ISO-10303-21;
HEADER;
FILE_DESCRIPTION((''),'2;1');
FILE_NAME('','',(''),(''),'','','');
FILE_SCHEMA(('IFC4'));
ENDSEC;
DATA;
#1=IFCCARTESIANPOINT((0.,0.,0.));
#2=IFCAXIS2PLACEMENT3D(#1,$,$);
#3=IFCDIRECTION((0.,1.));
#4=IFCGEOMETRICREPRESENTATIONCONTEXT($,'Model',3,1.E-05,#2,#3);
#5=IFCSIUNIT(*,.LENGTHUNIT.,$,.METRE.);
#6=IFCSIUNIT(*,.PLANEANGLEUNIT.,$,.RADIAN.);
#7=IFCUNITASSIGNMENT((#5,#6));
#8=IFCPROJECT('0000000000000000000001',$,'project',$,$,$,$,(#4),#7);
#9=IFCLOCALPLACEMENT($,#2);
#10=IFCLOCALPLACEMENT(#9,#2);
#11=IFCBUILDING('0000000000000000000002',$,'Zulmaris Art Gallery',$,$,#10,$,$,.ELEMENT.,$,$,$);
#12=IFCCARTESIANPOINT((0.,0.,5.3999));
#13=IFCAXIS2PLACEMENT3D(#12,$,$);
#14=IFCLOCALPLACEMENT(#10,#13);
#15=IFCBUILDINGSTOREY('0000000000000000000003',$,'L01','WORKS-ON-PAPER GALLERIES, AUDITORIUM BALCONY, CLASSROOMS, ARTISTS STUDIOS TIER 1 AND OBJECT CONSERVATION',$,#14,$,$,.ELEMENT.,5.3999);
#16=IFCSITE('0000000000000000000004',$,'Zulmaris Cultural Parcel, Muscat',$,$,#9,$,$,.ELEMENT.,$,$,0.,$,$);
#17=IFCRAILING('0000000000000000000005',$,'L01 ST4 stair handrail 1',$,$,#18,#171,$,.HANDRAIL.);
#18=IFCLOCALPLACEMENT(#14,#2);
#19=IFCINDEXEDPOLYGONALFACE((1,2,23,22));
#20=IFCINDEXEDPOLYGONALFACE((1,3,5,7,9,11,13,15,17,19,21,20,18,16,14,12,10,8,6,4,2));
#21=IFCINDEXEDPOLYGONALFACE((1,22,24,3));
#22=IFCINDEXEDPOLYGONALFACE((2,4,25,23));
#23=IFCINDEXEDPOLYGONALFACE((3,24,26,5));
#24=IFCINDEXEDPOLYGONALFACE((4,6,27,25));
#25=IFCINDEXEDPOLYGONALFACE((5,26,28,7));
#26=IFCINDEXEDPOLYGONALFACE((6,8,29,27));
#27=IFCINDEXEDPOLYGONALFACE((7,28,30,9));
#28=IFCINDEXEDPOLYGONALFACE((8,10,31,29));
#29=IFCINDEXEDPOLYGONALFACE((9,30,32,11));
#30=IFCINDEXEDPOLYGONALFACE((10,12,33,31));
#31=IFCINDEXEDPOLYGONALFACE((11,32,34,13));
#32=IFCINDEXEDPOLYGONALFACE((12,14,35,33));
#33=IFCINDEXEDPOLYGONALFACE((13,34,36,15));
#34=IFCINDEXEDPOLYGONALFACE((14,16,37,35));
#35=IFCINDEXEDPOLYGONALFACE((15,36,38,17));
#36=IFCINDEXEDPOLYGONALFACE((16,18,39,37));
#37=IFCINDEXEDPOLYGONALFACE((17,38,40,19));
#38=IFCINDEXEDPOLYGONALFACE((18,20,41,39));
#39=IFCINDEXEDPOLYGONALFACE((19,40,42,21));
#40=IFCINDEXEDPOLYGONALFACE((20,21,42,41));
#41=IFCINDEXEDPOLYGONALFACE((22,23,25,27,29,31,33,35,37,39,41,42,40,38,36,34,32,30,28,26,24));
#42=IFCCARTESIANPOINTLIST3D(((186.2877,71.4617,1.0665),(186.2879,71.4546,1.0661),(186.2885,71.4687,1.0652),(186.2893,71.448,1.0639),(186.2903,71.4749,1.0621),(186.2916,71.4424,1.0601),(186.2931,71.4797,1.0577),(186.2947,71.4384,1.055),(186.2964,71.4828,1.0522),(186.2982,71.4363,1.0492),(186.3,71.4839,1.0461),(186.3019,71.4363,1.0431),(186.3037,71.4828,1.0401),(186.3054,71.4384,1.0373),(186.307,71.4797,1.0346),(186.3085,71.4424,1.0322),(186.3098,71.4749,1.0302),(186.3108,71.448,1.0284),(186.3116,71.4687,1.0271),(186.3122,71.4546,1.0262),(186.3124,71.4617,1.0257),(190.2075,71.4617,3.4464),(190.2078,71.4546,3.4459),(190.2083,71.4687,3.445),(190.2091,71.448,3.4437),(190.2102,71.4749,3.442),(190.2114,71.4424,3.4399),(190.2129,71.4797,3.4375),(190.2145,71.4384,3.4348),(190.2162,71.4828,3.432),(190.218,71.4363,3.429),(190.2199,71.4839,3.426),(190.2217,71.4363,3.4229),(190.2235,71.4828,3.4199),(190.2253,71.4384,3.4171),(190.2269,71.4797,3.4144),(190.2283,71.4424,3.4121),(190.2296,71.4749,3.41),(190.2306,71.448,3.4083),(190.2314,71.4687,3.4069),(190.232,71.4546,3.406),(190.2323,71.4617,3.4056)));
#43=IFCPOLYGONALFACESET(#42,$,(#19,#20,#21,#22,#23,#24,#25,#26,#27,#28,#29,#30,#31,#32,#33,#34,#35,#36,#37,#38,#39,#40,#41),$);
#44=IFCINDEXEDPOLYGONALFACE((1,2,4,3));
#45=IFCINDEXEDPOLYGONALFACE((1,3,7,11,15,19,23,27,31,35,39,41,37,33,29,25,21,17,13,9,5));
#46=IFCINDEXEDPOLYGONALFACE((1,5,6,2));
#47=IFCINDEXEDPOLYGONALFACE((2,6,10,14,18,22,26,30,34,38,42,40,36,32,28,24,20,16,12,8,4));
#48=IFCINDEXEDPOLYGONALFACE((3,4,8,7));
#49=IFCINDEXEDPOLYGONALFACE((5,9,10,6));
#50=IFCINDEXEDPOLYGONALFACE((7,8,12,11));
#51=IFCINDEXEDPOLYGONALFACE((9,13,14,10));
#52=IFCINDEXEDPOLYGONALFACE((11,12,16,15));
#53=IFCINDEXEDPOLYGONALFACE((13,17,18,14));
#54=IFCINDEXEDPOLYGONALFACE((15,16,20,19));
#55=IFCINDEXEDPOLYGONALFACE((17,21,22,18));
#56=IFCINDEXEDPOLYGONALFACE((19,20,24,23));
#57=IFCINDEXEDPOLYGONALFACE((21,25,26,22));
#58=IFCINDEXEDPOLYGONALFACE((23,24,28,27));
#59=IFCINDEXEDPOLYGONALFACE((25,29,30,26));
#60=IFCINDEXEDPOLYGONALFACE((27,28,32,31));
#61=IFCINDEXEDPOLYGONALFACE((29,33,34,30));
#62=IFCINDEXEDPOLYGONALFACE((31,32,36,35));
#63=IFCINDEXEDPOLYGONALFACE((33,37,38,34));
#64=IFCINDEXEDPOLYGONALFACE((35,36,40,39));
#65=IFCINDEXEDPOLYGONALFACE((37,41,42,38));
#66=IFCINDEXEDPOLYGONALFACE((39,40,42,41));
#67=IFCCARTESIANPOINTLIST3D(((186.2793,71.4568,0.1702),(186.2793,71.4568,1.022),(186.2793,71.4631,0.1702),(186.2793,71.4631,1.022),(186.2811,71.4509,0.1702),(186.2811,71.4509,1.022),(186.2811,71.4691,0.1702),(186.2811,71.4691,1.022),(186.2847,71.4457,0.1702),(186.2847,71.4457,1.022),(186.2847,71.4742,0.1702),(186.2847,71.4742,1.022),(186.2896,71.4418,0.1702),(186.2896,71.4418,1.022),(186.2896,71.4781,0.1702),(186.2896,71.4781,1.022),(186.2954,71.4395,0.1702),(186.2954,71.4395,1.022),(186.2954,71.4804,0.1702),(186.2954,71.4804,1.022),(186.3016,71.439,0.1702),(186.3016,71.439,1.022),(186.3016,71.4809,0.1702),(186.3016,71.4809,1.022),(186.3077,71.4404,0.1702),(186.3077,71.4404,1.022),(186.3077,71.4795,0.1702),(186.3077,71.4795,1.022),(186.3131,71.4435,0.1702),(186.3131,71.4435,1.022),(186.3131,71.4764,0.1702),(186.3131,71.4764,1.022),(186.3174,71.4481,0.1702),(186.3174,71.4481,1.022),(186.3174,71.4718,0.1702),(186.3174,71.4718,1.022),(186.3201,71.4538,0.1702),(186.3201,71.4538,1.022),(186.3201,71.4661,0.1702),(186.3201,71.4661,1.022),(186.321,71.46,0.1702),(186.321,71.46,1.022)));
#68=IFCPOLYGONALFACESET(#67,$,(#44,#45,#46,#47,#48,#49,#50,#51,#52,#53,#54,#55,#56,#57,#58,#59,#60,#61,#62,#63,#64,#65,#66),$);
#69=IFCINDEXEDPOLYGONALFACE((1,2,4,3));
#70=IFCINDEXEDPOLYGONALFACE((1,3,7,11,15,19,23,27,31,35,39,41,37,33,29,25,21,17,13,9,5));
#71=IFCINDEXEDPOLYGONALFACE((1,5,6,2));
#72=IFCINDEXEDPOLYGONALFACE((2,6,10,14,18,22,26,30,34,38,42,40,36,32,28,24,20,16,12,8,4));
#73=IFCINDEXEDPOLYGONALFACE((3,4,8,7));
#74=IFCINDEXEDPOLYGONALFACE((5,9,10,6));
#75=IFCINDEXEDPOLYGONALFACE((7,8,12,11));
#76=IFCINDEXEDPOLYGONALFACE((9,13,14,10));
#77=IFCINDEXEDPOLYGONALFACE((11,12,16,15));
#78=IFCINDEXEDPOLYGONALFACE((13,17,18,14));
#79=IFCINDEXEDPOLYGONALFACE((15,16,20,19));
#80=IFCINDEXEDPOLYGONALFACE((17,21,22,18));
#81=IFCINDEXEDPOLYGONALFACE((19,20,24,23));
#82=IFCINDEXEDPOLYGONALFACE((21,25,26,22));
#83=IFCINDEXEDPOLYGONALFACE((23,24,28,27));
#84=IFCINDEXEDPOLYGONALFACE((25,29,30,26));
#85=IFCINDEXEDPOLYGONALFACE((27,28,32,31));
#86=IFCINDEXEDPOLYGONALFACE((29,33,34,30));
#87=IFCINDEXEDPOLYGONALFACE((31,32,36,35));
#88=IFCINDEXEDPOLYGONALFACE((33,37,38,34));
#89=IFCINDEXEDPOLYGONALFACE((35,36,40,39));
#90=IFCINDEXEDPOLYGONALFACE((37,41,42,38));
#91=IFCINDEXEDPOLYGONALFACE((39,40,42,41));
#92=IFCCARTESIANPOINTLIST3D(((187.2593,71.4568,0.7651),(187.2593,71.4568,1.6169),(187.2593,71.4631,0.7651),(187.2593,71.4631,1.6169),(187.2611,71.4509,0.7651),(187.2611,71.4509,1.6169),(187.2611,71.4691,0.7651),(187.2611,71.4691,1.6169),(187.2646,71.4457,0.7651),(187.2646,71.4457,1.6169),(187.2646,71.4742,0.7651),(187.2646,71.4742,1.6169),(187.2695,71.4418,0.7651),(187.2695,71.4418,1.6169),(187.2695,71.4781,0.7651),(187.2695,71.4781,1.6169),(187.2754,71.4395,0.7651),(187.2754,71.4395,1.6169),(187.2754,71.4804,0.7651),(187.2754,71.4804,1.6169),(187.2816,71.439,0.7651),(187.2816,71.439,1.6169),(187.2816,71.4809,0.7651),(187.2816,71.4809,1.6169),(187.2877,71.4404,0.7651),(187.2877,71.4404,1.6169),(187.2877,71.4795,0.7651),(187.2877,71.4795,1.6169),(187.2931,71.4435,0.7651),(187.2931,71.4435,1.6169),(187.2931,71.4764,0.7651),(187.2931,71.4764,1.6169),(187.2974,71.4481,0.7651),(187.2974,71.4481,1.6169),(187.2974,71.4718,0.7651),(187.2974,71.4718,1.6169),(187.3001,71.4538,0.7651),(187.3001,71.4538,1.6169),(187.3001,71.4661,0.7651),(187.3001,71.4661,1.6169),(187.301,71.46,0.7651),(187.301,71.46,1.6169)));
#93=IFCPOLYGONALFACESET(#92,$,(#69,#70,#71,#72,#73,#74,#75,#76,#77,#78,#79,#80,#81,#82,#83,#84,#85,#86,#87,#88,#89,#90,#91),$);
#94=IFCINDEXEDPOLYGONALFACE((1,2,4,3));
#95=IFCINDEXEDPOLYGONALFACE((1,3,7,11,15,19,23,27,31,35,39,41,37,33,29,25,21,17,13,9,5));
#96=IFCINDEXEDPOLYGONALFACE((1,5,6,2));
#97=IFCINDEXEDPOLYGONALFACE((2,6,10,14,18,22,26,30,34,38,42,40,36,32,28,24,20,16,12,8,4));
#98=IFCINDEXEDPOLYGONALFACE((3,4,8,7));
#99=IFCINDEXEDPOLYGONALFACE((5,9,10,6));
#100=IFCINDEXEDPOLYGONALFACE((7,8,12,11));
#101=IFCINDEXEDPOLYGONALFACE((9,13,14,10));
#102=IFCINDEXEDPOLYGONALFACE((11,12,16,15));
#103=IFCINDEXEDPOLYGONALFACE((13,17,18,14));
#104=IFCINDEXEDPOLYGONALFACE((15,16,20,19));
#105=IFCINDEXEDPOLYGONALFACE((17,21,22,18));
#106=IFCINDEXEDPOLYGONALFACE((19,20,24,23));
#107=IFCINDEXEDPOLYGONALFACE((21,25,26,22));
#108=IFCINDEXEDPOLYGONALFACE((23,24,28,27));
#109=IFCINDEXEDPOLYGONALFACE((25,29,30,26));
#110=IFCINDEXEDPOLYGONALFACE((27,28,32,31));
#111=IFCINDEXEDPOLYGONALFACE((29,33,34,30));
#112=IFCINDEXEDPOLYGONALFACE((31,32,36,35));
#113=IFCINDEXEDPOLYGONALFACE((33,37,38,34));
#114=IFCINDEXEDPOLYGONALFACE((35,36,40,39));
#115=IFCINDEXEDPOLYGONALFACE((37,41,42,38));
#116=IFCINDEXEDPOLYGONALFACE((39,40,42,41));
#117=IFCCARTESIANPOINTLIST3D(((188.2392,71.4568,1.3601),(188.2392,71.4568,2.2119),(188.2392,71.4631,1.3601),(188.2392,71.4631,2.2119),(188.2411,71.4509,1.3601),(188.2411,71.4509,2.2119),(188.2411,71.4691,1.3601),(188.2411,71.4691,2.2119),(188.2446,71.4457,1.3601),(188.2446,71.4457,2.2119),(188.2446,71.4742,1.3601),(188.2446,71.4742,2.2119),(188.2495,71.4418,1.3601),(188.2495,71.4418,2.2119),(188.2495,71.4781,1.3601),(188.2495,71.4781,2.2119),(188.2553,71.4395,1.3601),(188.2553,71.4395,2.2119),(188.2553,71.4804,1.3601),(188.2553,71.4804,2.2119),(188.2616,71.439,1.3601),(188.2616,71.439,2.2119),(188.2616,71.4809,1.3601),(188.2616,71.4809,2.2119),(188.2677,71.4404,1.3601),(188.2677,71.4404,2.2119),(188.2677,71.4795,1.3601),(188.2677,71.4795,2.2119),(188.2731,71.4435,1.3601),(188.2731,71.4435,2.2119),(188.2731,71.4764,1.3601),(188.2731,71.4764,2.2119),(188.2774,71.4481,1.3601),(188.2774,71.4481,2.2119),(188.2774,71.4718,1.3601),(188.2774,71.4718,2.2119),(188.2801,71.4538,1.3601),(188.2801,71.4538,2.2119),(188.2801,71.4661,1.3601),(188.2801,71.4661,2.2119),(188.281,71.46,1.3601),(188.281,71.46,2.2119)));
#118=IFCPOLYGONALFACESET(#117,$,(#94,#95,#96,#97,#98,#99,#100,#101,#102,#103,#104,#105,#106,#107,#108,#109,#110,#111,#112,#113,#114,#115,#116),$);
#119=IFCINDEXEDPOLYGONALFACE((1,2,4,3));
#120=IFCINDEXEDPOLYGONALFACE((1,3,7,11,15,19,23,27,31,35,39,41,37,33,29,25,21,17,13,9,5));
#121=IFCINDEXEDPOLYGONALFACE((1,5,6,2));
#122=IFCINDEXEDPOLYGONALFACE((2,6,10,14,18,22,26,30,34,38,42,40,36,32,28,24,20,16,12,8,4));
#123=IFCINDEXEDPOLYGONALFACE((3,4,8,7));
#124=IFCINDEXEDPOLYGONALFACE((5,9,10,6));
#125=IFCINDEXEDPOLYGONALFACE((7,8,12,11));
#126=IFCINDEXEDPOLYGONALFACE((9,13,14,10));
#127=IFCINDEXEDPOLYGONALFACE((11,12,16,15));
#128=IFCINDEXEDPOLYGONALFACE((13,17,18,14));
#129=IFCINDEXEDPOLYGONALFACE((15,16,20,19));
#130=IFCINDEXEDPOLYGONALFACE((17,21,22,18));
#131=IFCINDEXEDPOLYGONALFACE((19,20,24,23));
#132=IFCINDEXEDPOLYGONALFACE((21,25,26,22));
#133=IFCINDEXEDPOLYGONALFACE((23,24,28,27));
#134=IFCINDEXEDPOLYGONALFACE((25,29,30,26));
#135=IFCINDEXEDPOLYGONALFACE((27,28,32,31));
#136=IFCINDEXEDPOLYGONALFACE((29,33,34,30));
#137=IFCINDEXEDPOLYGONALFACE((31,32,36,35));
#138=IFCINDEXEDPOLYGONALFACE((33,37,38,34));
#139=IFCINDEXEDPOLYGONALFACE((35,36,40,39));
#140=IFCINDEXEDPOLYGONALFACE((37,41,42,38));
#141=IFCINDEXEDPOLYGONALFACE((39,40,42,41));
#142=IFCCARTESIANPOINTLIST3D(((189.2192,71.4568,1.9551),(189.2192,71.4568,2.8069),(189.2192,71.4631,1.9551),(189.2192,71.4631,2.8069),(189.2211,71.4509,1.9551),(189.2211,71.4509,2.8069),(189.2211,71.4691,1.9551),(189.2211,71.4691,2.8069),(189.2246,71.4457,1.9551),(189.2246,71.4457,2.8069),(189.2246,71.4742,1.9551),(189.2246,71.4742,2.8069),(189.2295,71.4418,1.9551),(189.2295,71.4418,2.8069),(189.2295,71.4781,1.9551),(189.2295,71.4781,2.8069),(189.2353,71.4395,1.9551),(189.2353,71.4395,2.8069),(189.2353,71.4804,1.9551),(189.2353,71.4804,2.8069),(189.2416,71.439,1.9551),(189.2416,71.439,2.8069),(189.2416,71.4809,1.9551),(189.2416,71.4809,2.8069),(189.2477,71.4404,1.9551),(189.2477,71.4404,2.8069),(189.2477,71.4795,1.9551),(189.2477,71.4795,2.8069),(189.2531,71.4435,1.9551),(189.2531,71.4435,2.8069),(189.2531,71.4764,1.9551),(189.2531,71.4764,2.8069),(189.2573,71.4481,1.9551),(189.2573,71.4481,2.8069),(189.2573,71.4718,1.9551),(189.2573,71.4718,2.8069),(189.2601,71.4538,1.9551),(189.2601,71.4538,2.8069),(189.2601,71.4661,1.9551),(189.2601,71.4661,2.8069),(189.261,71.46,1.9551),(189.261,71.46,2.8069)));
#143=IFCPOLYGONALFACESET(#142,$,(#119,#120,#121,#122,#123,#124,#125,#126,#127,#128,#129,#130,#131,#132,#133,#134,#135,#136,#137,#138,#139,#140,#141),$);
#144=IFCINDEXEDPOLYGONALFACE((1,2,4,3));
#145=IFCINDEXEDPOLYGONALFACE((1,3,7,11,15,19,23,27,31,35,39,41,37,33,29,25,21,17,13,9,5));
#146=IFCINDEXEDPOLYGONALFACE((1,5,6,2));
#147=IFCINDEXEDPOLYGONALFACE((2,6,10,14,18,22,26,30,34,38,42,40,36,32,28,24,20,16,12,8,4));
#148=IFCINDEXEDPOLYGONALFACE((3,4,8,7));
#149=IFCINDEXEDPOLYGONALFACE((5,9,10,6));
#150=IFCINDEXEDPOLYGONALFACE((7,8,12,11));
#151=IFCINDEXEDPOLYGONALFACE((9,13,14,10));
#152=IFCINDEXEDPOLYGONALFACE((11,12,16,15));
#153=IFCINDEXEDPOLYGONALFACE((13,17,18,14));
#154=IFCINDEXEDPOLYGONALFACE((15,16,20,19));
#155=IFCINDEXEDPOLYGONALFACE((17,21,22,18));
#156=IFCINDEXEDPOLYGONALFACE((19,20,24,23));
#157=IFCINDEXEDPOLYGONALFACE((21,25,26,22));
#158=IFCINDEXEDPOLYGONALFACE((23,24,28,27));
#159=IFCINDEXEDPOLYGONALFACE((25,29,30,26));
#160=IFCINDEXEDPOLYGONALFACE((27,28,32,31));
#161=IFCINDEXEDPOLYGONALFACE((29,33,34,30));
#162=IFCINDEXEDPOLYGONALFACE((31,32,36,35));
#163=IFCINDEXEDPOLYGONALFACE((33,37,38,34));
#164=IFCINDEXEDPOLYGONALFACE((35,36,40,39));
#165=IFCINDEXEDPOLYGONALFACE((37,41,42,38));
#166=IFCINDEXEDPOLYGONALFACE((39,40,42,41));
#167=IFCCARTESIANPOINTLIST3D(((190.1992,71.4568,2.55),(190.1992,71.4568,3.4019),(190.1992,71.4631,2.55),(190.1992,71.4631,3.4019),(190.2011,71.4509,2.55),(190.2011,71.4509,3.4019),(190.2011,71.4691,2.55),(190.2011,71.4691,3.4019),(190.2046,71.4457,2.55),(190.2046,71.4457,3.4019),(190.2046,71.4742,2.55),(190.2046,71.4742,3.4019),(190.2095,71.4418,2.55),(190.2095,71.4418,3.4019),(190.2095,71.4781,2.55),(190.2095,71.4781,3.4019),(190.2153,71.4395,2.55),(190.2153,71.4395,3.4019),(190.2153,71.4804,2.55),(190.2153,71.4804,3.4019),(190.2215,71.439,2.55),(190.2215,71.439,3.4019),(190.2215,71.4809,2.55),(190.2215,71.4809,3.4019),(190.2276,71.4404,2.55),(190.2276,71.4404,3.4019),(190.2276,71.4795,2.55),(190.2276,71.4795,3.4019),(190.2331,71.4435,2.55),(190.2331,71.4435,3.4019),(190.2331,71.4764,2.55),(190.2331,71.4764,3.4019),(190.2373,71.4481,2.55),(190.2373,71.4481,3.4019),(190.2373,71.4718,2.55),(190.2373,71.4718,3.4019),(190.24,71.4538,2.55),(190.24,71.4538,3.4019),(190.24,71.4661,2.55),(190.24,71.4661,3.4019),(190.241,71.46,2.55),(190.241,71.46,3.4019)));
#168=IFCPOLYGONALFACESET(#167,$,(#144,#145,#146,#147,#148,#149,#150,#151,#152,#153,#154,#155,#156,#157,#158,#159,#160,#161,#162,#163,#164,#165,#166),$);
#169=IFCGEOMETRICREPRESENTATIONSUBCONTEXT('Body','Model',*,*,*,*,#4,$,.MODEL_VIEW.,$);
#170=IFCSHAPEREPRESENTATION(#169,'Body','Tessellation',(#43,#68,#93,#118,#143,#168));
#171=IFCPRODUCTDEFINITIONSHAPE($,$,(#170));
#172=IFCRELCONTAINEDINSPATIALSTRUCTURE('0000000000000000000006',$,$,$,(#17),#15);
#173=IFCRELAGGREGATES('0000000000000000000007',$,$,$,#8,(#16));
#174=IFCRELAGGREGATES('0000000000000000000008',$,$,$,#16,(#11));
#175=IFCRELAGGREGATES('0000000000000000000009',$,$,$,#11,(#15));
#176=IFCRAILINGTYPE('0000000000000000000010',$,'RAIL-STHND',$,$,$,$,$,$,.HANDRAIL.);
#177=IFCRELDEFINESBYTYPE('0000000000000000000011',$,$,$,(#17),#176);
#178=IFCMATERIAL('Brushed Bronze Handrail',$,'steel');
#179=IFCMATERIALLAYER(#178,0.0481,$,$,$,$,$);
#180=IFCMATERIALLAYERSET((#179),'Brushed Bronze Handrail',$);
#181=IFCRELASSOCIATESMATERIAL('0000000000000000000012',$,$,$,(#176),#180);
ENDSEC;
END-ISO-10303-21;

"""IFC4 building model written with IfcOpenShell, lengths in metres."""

from ifc_helpers import new_model, si_unit, direction, frame, origin, origin_2d, place, context, subcontext, project, spatial, circle, extrude, material, layer, layer_set, type_object, element, save


model = new_model("IFC4")

# Units and contexts
model_context = context("Model", 3, precision=1e-05, world=origin(), true_north=direction((0.0, 1.0)))
body_context = subcontext(model_context, "Body", "Model", "MODEL_VIEW")
ifc_project = project(units=[si_unit("LENGTHUNIT", "METRE"), si_unit("PLANEANGLEUNIT", "RADIAN")], contexts=[model_context])

# Site, building, storey
site_placement = place(None, origin())
site = spatial("IfcSite", under=ifc_project, at=site_placement, Name="Zulmaris Cultural Parcel, Muscat", CompositionType="ELEMENT", RefElevation=0.0)
building_placement = place(site_placement, origin())
building = spatial("IfcBuilding", under=site, at=building_placement, Name="Zulmaris Art Gallery", CompositionType="ELEMENT")
storey_placement = place(building_placement, frame((0.0, 0.0, 5.3999)))
storey = spatial("IfcBuildingStorey", under=building, at=storey_placement, Name="L01", Description="WORKS-ON-PAPER GALLERIES, AUDITORIUM BALCONY, CLASSROOMS, ARTISTS STUDIOS TIER 1 AND OBJECT CONSERVATION", CompositionType="ELEMENT", Elevation=5.3999)

# Railing
ifc_material_1 = material(Name="Brushed Bronze Handrail", Category="steel")
ifc_layer_1 = layer(ifc_material_1, 0.0481)
ifc_layer_set_1 = layer_set([ifc_layer_1], Name="Brushed Bronze Handrail")
railing_type_1 = type_object("IfcRailingType", Name="RAIL-STHND", PredefinedType="HANDRAIL", material=ifc_layer_set_1)
railing_1_placement = place(storey_placement, frame((186.3, 71.46, 0.1702)))
element("IfcRailing", 1, at=railing_1_placement, inside=storey, type_object=railing_type_1, Name="L01 ST4 stair handrail 1", PredefinedType="HANDRAIL", context=body_context, shape_type="SweptSolid", body=[
    extrude(circle(Radius=0.0239, at=origin_2d()), frame((0.0, 0.0, 0.876), z_axis=(0.854794, 0.0, 0.518967), x_axis=(0.0, 1.0, 0.0)), (0.0, 0.0, 1.0), 4.5857),
    extrude(circle(Radius=0.021, at=origin_2d()), origin(), (0.0, 0.0, 1.0), 0.8518),
    extrude(circle(Radius=0.021, at=origin_2d()), frame((0.98, 0.0, 0.595)), (0.0, 0.0, 1.0), 0.8518),
    extrude(circle(Radius=0.021, at=origin_2d()), frame((1.96, 0.0, 1.1899)), (0.0, 0.0, 1.0), 0.8518),
    extrude(circle(Radius=0.021, at=origin_2d()), frame((2.9399, 0.0, 1.7849)), (0.0, 0.0, 1.0), 0.8518),
    extrude(circle(Radius=0.021, at=origin_2d()), frame((3.9199, 0.0, 2.3799)), (0.0, 0.0, 1.0), 0.8518),
])

save(model, "model.ifc")
